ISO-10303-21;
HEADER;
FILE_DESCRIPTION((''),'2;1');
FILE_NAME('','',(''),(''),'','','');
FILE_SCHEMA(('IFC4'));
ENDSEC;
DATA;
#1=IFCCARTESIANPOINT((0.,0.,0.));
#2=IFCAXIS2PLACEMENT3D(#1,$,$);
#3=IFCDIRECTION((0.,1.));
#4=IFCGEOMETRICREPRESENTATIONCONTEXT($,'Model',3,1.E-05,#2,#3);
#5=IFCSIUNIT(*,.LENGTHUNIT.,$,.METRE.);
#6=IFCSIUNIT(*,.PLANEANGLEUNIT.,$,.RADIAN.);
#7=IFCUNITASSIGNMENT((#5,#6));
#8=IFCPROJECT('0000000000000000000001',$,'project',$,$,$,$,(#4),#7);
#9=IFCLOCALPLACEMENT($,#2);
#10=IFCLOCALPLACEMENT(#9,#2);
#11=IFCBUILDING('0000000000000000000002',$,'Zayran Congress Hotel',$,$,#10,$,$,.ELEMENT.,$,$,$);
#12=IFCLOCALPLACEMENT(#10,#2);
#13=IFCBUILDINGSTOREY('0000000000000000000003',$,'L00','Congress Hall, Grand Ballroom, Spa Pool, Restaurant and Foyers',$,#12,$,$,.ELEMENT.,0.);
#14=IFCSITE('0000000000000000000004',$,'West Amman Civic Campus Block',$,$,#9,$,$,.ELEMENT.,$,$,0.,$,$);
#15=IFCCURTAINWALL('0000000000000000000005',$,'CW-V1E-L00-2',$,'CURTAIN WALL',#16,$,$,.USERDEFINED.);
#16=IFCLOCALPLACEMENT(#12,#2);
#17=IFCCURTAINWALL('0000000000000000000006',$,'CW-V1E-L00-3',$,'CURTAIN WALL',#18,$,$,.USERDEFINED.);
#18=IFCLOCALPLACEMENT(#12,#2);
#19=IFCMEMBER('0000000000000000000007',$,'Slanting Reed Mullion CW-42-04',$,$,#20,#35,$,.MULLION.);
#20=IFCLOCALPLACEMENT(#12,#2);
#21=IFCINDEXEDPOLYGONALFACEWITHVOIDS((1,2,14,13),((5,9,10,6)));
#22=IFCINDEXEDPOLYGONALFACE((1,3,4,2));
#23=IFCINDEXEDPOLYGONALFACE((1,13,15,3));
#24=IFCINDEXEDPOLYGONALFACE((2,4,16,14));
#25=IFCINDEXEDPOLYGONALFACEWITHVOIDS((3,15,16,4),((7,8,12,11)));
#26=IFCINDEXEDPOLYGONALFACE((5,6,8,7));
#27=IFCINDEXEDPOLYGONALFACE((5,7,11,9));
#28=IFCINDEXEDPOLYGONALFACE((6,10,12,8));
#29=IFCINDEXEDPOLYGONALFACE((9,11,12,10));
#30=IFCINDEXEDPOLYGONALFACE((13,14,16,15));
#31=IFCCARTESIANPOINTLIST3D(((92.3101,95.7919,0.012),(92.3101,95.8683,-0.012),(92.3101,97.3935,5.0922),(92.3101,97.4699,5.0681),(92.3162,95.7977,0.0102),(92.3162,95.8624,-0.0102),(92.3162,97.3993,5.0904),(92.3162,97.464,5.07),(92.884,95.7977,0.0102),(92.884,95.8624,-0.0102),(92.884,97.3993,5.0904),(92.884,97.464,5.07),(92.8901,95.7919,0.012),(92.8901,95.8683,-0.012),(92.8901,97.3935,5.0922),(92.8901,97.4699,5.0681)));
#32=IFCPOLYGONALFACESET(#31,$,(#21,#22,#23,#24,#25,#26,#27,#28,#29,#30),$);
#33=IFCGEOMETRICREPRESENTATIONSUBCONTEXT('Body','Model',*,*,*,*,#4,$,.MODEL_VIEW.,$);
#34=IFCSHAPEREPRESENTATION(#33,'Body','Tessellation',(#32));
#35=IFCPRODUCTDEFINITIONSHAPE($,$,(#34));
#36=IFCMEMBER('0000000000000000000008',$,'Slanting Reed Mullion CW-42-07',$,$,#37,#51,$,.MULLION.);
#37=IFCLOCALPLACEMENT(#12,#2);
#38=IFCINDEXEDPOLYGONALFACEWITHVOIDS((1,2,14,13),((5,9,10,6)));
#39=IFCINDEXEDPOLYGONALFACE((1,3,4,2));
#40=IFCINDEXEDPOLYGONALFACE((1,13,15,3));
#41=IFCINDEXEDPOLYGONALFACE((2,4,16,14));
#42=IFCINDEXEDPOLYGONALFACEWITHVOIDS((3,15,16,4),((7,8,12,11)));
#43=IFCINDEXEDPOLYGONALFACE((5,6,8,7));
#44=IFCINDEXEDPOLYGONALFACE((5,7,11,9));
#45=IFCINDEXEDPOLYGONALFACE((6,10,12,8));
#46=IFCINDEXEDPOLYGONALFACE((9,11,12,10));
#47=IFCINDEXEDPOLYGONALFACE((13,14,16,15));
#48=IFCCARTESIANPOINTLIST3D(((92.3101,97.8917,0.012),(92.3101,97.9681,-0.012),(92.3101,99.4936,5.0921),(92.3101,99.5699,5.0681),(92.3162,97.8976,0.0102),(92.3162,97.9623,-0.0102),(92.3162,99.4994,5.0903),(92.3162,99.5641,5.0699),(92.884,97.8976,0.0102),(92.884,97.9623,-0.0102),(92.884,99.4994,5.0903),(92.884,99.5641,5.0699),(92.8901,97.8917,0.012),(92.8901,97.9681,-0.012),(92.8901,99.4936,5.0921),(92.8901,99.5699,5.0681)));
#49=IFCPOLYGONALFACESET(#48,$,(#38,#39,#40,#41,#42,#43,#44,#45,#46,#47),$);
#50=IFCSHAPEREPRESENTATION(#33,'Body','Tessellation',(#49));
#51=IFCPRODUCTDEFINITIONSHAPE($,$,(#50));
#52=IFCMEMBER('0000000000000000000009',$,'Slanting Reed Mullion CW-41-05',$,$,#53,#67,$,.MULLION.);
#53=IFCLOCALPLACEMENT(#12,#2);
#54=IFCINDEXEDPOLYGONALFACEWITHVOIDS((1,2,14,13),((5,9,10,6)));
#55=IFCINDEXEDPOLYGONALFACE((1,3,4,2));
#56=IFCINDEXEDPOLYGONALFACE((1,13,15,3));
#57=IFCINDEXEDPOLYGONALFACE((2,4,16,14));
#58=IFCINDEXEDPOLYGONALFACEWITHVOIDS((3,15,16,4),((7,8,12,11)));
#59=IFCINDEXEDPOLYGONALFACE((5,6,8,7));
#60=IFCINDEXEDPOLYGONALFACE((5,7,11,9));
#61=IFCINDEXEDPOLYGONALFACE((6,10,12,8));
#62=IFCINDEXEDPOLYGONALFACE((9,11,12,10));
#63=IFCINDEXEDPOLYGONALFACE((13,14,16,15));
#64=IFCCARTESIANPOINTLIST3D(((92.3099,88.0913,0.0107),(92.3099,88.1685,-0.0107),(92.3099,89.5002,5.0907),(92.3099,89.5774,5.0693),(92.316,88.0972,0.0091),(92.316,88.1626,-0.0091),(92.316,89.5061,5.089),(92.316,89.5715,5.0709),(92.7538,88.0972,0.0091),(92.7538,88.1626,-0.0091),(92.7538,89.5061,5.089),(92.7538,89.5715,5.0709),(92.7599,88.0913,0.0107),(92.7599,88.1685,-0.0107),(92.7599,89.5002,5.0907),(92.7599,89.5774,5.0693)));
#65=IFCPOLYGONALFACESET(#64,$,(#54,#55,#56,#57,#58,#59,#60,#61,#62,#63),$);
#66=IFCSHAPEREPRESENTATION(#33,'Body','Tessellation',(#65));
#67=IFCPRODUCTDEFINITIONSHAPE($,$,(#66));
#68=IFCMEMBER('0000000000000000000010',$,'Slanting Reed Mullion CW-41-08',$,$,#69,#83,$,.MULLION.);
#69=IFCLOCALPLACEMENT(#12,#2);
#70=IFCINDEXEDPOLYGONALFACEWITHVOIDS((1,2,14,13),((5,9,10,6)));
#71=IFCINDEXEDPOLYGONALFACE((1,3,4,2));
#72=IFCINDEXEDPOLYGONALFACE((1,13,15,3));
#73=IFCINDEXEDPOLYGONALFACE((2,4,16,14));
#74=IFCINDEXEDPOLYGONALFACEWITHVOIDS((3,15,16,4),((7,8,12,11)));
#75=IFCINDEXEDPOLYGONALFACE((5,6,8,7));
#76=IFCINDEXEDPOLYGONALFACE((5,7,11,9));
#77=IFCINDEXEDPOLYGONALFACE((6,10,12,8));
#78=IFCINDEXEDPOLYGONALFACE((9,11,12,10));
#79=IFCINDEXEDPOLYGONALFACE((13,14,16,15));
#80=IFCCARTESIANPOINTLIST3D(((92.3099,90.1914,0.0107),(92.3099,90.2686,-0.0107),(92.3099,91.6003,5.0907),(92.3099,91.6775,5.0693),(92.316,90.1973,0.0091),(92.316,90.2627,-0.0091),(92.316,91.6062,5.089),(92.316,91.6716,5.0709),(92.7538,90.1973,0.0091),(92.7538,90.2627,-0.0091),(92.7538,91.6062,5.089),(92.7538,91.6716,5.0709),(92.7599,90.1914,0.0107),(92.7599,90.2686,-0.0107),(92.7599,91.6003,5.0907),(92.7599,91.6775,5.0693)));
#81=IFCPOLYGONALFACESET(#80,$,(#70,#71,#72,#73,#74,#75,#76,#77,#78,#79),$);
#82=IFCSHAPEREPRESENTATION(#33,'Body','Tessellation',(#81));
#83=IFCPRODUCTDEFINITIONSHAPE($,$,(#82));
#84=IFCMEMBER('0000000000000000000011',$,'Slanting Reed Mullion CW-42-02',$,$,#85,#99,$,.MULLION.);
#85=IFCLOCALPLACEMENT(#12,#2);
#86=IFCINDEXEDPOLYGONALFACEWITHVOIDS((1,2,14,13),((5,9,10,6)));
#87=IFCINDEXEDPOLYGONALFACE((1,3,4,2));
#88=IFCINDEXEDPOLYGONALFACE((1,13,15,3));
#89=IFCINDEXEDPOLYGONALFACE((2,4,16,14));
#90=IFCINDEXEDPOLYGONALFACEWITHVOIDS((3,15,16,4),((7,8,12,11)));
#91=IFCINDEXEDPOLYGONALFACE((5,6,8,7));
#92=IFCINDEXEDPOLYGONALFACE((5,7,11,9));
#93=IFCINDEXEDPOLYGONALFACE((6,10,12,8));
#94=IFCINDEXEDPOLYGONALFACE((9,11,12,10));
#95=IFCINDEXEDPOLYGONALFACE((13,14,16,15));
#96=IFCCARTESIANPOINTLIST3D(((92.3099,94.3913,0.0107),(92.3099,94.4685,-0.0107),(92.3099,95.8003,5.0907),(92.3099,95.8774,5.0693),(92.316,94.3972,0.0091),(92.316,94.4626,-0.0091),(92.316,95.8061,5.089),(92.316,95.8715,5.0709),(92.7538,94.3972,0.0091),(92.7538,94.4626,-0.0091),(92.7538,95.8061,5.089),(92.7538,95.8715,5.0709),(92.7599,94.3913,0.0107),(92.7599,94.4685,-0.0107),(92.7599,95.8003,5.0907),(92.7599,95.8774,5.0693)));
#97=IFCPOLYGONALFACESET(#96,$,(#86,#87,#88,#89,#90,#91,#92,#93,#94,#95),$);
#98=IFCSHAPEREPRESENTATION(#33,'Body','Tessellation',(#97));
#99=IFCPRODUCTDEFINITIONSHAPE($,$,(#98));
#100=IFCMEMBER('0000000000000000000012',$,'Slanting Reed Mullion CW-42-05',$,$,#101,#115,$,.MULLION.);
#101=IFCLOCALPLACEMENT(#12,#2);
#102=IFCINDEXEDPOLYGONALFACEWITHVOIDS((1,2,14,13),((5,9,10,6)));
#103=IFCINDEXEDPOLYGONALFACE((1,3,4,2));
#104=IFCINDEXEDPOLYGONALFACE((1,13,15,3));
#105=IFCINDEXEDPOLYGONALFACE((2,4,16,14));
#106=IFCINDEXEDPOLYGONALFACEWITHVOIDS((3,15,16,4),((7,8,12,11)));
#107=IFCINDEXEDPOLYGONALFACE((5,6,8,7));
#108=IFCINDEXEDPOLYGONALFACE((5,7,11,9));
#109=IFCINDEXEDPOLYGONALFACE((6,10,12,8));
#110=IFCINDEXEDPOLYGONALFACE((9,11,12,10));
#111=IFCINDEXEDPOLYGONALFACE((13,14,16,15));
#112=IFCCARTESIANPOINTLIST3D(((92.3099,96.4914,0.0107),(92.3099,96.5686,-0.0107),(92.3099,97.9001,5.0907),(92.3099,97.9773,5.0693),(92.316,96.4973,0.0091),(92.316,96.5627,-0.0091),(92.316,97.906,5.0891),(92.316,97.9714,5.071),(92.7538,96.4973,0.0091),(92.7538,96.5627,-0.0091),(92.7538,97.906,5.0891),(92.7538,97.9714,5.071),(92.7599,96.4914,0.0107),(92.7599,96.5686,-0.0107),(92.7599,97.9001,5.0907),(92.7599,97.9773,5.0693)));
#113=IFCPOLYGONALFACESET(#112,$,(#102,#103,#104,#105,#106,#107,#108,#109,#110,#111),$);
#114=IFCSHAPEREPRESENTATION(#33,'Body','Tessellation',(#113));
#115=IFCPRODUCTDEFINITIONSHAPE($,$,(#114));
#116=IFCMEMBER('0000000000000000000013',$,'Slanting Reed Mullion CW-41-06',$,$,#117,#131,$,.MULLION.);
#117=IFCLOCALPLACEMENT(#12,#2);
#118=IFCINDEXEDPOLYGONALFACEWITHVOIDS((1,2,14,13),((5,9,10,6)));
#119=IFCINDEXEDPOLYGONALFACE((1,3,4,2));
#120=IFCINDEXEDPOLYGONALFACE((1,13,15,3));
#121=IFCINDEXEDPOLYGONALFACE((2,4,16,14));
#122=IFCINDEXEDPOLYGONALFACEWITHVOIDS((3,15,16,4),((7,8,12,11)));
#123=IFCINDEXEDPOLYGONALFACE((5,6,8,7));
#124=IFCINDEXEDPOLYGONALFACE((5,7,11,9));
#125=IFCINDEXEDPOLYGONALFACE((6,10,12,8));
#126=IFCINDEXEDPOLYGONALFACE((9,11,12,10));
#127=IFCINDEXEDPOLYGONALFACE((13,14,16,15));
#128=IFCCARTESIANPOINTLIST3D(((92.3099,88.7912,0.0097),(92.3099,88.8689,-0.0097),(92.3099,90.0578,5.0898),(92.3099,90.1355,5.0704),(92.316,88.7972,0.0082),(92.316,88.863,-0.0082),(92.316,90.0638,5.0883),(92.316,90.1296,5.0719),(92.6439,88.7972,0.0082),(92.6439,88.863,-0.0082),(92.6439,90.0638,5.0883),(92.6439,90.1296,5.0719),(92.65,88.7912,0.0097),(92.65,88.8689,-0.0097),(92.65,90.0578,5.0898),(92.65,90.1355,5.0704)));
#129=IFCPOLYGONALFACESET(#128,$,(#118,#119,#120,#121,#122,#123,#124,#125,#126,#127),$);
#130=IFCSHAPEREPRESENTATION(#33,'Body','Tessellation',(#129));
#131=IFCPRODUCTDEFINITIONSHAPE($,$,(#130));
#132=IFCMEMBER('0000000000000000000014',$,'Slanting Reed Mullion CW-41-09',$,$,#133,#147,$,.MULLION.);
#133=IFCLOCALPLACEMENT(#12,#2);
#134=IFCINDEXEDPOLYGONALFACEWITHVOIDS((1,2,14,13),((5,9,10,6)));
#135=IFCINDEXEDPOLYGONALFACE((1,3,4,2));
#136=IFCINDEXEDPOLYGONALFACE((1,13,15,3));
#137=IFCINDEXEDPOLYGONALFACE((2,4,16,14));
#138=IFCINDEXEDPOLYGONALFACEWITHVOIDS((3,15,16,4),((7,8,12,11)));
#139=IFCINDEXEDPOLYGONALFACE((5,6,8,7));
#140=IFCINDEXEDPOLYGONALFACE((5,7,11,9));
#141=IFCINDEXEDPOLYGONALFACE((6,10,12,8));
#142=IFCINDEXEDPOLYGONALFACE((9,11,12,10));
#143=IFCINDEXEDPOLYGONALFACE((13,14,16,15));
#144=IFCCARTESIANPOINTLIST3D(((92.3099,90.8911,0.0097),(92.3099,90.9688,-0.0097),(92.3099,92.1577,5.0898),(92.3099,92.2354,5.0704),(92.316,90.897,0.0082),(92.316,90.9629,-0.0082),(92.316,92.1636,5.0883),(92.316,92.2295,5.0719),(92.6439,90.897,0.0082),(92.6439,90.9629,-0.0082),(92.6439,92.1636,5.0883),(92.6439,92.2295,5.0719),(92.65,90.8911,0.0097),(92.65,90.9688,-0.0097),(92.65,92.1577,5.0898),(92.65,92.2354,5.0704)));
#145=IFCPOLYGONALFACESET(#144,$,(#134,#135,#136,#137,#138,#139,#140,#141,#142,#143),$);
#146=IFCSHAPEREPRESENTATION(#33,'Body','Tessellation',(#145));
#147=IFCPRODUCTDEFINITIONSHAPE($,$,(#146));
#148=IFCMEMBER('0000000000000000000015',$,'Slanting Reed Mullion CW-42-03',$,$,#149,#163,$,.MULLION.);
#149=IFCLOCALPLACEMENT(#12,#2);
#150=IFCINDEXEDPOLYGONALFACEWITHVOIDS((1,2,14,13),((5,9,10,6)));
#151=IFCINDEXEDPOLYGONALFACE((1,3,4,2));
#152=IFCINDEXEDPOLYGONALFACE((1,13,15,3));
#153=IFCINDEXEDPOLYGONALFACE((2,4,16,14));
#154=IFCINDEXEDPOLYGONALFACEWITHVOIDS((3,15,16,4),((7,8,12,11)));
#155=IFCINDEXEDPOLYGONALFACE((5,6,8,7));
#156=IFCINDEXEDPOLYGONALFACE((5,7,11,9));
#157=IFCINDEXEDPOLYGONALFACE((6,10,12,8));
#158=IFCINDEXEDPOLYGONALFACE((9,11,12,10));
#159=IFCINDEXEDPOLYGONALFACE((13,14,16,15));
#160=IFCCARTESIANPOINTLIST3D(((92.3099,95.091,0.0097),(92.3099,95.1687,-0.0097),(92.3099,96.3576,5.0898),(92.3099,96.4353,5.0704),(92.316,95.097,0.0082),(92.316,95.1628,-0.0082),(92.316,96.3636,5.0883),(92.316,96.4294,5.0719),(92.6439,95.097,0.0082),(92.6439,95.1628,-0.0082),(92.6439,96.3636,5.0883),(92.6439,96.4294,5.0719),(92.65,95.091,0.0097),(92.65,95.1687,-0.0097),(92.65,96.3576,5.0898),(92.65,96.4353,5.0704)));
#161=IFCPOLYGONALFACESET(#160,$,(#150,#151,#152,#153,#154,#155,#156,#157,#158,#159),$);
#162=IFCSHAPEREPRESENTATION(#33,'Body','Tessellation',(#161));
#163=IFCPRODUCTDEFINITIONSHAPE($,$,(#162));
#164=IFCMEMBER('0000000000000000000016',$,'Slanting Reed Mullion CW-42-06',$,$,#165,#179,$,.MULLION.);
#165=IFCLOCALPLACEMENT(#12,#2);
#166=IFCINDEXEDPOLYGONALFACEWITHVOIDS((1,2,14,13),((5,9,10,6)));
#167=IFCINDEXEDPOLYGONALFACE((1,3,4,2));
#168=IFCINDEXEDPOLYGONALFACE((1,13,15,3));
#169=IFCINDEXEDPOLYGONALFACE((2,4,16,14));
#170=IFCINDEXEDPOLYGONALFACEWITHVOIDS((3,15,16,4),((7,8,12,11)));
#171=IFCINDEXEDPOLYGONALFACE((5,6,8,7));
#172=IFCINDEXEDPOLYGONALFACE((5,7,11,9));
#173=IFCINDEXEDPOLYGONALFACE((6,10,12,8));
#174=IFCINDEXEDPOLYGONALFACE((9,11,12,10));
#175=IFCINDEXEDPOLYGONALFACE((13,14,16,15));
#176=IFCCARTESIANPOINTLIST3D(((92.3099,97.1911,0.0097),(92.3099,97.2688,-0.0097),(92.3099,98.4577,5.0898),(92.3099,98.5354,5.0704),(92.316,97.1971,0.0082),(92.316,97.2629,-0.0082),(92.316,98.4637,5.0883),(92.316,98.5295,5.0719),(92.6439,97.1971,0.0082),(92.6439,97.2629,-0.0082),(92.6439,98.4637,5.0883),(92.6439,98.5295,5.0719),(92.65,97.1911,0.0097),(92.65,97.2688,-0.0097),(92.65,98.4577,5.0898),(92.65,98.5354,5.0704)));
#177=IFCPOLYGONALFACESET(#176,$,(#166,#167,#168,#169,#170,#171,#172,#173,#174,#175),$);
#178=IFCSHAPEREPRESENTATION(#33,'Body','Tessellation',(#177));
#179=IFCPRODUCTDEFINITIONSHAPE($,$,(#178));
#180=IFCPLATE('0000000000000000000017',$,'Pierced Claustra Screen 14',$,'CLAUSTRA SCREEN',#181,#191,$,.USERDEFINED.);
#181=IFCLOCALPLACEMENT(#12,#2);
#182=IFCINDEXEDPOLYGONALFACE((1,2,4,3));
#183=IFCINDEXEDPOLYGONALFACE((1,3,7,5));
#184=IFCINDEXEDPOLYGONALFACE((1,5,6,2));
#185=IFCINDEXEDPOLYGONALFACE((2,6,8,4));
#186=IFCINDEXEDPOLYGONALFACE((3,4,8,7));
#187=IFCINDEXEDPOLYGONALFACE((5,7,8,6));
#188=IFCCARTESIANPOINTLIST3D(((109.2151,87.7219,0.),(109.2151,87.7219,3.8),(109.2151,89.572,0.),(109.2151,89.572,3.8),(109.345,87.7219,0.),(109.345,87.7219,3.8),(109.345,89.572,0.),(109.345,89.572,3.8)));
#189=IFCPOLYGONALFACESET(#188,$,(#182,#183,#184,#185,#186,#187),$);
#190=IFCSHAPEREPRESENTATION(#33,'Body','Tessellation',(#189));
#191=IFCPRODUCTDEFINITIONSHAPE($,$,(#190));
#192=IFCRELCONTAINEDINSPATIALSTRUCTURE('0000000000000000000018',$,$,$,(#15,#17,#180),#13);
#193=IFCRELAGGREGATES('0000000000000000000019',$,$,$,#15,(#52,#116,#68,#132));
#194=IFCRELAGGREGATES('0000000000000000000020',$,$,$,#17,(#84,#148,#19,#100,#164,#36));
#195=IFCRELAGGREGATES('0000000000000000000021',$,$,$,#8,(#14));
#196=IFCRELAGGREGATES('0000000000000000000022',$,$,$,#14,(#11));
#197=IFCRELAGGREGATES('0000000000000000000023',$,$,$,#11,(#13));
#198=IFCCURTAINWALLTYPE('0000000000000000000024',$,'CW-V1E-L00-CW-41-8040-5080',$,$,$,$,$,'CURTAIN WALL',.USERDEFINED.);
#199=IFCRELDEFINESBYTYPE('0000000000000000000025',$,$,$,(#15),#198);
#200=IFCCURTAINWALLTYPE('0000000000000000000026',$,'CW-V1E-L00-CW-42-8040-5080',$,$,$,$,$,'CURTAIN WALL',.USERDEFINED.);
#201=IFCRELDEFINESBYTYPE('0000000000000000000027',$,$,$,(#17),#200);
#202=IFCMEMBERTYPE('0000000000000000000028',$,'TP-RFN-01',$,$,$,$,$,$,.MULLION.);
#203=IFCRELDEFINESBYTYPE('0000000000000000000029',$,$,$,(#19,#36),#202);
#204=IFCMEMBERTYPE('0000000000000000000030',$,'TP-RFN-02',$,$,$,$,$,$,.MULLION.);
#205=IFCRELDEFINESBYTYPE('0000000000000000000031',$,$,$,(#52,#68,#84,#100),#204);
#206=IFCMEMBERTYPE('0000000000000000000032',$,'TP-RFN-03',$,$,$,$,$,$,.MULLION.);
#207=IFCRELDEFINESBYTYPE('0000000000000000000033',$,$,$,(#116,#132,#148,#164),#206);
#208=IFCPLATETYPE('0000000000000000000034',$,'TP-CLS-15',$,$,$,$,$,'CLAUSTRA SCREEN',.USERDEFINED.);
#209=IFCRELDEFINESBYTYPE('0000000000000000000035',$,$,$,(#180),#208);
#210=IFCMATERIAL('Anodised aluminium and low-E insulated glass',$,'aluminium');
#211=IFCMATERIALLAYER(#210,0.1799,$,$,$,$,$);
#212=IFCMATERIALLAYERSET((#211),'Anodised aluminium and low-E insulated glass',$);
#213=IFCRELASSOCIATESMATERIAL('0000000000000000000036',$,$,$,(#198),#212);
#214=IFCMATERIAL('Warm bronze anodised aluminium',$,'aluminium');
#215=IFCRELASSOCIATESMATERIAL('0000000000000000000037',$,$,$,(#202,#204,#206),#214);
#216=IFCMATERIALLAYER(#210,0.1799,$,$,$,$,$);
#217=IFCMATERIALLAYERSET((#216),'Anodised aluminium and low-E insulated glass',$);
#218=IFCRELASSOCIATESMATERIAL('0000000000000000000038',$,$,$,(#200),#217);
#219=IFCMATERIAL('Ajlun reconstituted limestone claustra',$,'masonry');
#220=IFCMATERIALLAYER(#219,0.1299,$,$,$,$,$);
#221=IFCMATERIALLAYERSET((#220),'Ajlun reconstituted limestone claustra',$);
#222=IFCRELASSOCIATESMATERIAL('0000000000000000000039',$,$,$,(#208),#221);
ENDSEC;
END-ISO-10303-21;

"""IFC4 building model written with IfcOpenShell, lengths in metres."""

from ifc_helpers import new_model, si_unit, direction, frame, origin, origin_2d, place, context, subcontext, project, spatial, rectangle, hollow_rectangle, extrude, material, layer, layer_set, material_profile, profile_set, type_object, element, aggregate, save


model = new_model("IFC4")

# Units and contexts
model_context = context("Model", 3, precision=1e-05, world=origin(), true_north=direction((0.0, 1.0)))
body_context = subcontext(model_context, "Body", "Model", "MODEL_VIEW")
ifc_project = project(units=[si_unit("LENGTHUNIT", "METRE"), si_unit("PLANEANGLEUNIT", "RADIAN")], contexts=[model_context])

# Site, building, storey
site_placement = place(None, origin())
site = spatial("IfcSite", under=ifc_project, at=site_placement, Name="West Amman Civic Campus Block", CompositionType="ELEMENT", RefElevation=0.0)
building_placement = place(site_placement, origin())
building = spatial("IfcBuilding", under=site, at=building_placement, Name="Zayran Congress Hotel", CompositionType="ELEMENT")
storey_placement = place(building_placement, origin())
storey = spatial("IfcBuildingStorey", under=building, at=storey_placement, Name="L00", Description="Congress Hall, Grand Ballroom, Spa Pool, Restaurant and Foyers", CompositionType="ELEMENT", Elevation=0.0)

# Curtain walls, members
ifc_material_1 = material(Name="Anodised aluminium and low-E insulated glass", Category="aluminium")
ifc_layer_1 = layer(ifc_material_1, 0.1799)
ifc_layer_set_1 = layer_set([ifc_layer_1], Name="Anodised aluminium and low-E insulated glass")
curtain_wall_type_1 = type_object("IfcCurtainWallType", Name="CW-V1E-L00-CW-41-8040-5080", ElementType="CURTAIN WALL", PredefinedType="USERDEFINED", material=ifc_layer_set_1)
curtain_wall_1_placement = place(storey_placement, origin())
curtain_wall_1 = element("IfcCurtainWall", 1, at=curtain_wall_1_placement, inside=storey, type_object=curtain_wall_type_1, Name="CW-V1E-L00-2", ObjectType="CURTAIN WALL", PredefinedType="USERDEFINED")
ifc_material_2 = material(Name="Warm bronze anodised aluminium", Category="aluminium")
ifc_material_profile_1 = material_profile(ifc_material_2, hollow_rectangle(XDim=0.0801, YDim=0.5801, WallThickness=0.0061, at=origin_2d()), Name="RHS 580x80x6")
ifc_profile_set_1 = profile_set([ifc_material_profile_1], Name="Warm bronze anodised aluminium")
member_type_1 = type_object("IfcMemberType", Name="TP-RFN-01", PredefinedType="MULLION", material=ifc_profile_set_1)
ifc_layer_2 = layer(ifc_material_1, 0.1799)
ifc_layer_set_2 = layer_set([ifc_layer_2], Name="Anodised aluminium and low-E insulated glass")
curtain_wall_type_2 = type_object("IfcCurtainWallType", Name="CW-V1E-L00-CW-42-8040-5080", ElementType="CURTAIN WALL", PredefinedType="USERDEFINED", material=ifc_layer_set_2)
curtain_wall_2_placement = place(storey_placement, origin())
curtain_wall_2 = element("IfcCurtainWall", 2, at=curtain_wall_2_placement, inside=storey, type_object=curtain_wall_type_2, Name="CW-V1E-L00-3", ObjectType="CURTAIN WALL", PredefinedType="USERDEFINED")
member_1_placement = place(storey_placement, frame((92.6001, 95.8301, 0.0), z_axis=(0.0, 0.300675, 0.953727), x_axis=(0.0, -0.953727, 0.300675)))
member_1 = element("IfcMember", 3, at=member_1_placement, type_object=member_type_1, Name="Slanting Reed Mullion CW-42-04", PredefinedType="MULLION", context=body_context, shape_type="SweptSolid", body=[
    extrude(hollow_rectangle(XDim=0.0801, YDim=0.5801, WallThickness=0.0061, at=origin_2d()), origin(), (0.0, 0.0, 1.0), 5.3267),
])
member_2_placement = place(storey_placement, frame((92.6001, 97.9299, 0.0), z_axis=(0.0, 0.300717, 0.953713), x_axis=(0.0, -0.953713, 0.300717)))
member_2 = element("IfcMember", 4, at=member_2_placement, type_object=member_type_1, Name="Slanting Reed Mullion CW-42-07", PredefinedType="MULLION", context=body_context, shape_type="SweptSolid", body=[
    extrude(hollow_rectangle(XDim=0.0801, YDim=0.5801, WallThickness=0.0061, at=origin_2d()), origin(), (0.0, 0.0, 1.0), 5.3267),
])

# Members
ifc_material_profile_2 = material_profile(ifc_material_2, hollow_rectangle(XDim=0.0801, YDim=0.45, WallThickness=0.0061, at=origin_2d()), Name="RHS 450x80x6")
ifc_profile_set_2 = profile_set([ifc_material_profile_2], Name="Warm bronze anodised aluminium")
member_type_2 = type_object("IfcMemberType", Name="TP-RFN-02", PredefinedType="MULLION", material=ifc_profile_set_2)
member_3_placement = place(storey_placement, frame((92.5349, 88.1299, 0.0), z_axis=(0.0, 0.267257, 0.963625), x_axis=(0.0, -0.963625, 0.267257)))
member_3 = element("IfcMember", 5, at=member_3_placement, type_object=member_type_2, Name="Slanting Reed Mullion CW-41-05", PredefinedType="MULLION", context=body_context, shape_type="SweptSolid", body=[
    extrude(hollow_rectangle(XDim=0.0801, YDim=0.45, WallThickness=0.0061, at=origin_2d()), origin(), (0.0, 0.0, 1.0), 5.2717),
])
member_4_placement = place(storey_placement, frame((92.5349, 90.23, 0.0), z_axis=(0.0, 0.267257, 0.963625), x_axis=(0.0, -0.963625, 0.267257)))
member_4 = element("IfcMember", 6, at=member_4_placement, type_object=member_type_2, Name="Slanting Reed Mullion CW-41-08", PredefinedType="MULLION", context=body_context, shape_type="SweptSolid", body=[
    extrude(hollow_rectangle(XDim=0.0801, YDim=0.45, WallThickness=0.0061, at=origin_2d()), origin(), (0.0, 0.0, 1.0), 5.2717),
])
member_5_placement = place(storey_placement, frame((92.5349, 94.4299, 0.0), z_axis=(0.0, 0.267257, 0.963625), x_axis=(0.0, -0.963625, 0.267257)))
member_5 = element("IfcMember", 7, at=member_5_placement, type_object=member_type_2, Name="Slanting Reed Mullion CW-42-02", PredefinedType="MULLION", context=body_context, shape_type="SweptSolid", body=[
    extrude(hollow_rectangle(XDim=0.0801, YDim=0.45, WallThickness=0.0061, at=origin_2d()), origin(), (0.0, 0.0, 1.0), 5.2717),
])
member_6_placement = place(storey_placement, frame((92.5349, 96.53, 0.0), z_axis=(0.0, 0.267214, 0.963637), x_axis=(0.0, -0.963637, 0.267214)))
member_6 = element("IfcMember", 8, at=member_6_placement, type_object=member_type_2, Name="Slanting Reed Mullion CW-42-05", PredefinedType="MULLION", context=body_context, shape_type="SweptSolid", body=[
    extrude(hollow_rectangle(XDim=0.0801, YDim=0.45, WallThickness=0.0061, at=origin_2d()), origin(), (0.0, 0.0, 1.0), 5.2717),
])
ifc_material_profile_3 = material_profile(ifc_material_2, hollow_rectangle(XDim=0.0801, YDim=0.3401, WallThickness=0.0061, at=origin_2d()), Name="RHS 340x80x6")
ifc_profile_set_3 = profile_set([ifc_material_profile_3], Name="Warm bronze anodised aluminium")
member_type_3 = type_object("IfcMemberType", Name="TP-RFN-03", PredefinedType="MULLION", material=ifc_profile_set_3)
member_7_placement = place(storey_placement, frame((92.48, 88.8301, 0.0), z_axis=(0.0, 0.241921, 0.970296), x_axis=(0.0, -0.970296, 0.241921)))
member_7 = element("IfcMember", 9, at=member_7_placement, type_object=member_type_3, Name="Slanting Reed Mullion CW-41-06", PredefinedType="MULLION", context=body_context, shape_type="SweptSolid", body=[
    extrude(hollow_rectangle(XDim=0.0801, YDim=0.3401, WallThickness=0.0061, at=origin_2d()), origin(), (0.0, 0.0, 1.0), 5.2356),
])
member_8_placement = place(storey_placement, frame((92.48, 90.9299, 0.0), z_axis=(0.0, 0.241921, 0.970296), x_axis=(0.0, -0.970296, 0.241921)))
member_8 = element("IfcMember", 10, at=member_8_placement, type_object=member_type_3, Name="Slanting Reed Mullion CW-41-09", PredefinedType="MULLION", context=body_context, shape_type="SweptSolid", body=[
    extrude(hollow_rectangle(XDim=0.0801, YDim=0.3401, WallThickness=0.0061, at=origin_2d()), origin(), (0.0, 0.0, 1.0), 5.2356),
])
aggregate(curtain_wall_1, [member_3, member_7, member_4, member_8])
member_9_placement = place(storey_placement, frame((92.48, 95.1299, 0.0), z_axis=(0.0, 0.241921, 0.970296), x_axis=(0.0, -0.970296, 0.241921)))
member_9 = element("IfcMember", 11, at=member_9_placement, type_object=member_type_3, Name="Slanting Reed Mullion CW-42-03", PredefinedType="MULLION", context=body_context, shape_type="SweptSolid", body=[
    extrude(hollow_rectangle(XDim=0.0801, YDim=0.3401, WallThickness=0.0061, at=origin_2d()), origin(), (0.0, 0.0, 1.0), 5.2356),
])
member_10_placement = place(storey_placement, frame((92.48, 97.23, 0.0), z_axis=(0.0, 0.241921, 0.970296), x_axis=(0.0, -0.970296, 0.241921)))
member_10 = element("IfcMember", 12, at=member_10_placement, type_object=member_type_3, Name="Slanting Reed Mullion CW-42-06", PredefinedType="MULLION", context=body_context, shape_type="SweptSolid", body=[
    extrude(hollow_rectangle(XDim=0.0801, YDim=0.3401, WallThickness=0.0061, at=origin_2d()), origin(), (0.0, 0.0, 1.0), 5.2356),
])
aggregate(curtain_wall_2, [member_5, member_9, member_1, member_6, member_10, member_2])

# Plate
ifc_material_3 = material(Name="Ajlun reconstituted limestone claustra", Category="masonry")
ifc_layer_3 = layer(ifc_material_3, 0.1299)
ifc_layer_set_3 = layer_set([ifc_layer_3], Name="Ajlun reconstituted limestone claustra")
plate_type_1 = type_object("IfcPlateType", Name="TP-CLS-15", ElementType="CLAUSTRA SCREEN", PredefinedType="USERDEFINED", material=ifc_layer_set_3)
plate_1_placement = place(storey_placement, frame((109.28, 88.647, 0.0), z_axis=(0.0, 0.0, 1.0), x_axis=(0.0, 1.0, 0.0)))
element("IfcPlate", 13, at=plate_1_placement, inside=storey, type_object=plate_type_1, Name="Pierced Claustra Screen 14", ObjectType="CLAUSTRA SCREEN", PredefinedType="USERDEFINED", context=body_context, shape_type="SweptSolid", body=[
    extrude(rectangle(XDim=1.8501, YDim=0.1299, at=origin_2d()), origin(), (0.0, 0.0, 1.0), 3.8),
])

save(model, "model.ifc")
